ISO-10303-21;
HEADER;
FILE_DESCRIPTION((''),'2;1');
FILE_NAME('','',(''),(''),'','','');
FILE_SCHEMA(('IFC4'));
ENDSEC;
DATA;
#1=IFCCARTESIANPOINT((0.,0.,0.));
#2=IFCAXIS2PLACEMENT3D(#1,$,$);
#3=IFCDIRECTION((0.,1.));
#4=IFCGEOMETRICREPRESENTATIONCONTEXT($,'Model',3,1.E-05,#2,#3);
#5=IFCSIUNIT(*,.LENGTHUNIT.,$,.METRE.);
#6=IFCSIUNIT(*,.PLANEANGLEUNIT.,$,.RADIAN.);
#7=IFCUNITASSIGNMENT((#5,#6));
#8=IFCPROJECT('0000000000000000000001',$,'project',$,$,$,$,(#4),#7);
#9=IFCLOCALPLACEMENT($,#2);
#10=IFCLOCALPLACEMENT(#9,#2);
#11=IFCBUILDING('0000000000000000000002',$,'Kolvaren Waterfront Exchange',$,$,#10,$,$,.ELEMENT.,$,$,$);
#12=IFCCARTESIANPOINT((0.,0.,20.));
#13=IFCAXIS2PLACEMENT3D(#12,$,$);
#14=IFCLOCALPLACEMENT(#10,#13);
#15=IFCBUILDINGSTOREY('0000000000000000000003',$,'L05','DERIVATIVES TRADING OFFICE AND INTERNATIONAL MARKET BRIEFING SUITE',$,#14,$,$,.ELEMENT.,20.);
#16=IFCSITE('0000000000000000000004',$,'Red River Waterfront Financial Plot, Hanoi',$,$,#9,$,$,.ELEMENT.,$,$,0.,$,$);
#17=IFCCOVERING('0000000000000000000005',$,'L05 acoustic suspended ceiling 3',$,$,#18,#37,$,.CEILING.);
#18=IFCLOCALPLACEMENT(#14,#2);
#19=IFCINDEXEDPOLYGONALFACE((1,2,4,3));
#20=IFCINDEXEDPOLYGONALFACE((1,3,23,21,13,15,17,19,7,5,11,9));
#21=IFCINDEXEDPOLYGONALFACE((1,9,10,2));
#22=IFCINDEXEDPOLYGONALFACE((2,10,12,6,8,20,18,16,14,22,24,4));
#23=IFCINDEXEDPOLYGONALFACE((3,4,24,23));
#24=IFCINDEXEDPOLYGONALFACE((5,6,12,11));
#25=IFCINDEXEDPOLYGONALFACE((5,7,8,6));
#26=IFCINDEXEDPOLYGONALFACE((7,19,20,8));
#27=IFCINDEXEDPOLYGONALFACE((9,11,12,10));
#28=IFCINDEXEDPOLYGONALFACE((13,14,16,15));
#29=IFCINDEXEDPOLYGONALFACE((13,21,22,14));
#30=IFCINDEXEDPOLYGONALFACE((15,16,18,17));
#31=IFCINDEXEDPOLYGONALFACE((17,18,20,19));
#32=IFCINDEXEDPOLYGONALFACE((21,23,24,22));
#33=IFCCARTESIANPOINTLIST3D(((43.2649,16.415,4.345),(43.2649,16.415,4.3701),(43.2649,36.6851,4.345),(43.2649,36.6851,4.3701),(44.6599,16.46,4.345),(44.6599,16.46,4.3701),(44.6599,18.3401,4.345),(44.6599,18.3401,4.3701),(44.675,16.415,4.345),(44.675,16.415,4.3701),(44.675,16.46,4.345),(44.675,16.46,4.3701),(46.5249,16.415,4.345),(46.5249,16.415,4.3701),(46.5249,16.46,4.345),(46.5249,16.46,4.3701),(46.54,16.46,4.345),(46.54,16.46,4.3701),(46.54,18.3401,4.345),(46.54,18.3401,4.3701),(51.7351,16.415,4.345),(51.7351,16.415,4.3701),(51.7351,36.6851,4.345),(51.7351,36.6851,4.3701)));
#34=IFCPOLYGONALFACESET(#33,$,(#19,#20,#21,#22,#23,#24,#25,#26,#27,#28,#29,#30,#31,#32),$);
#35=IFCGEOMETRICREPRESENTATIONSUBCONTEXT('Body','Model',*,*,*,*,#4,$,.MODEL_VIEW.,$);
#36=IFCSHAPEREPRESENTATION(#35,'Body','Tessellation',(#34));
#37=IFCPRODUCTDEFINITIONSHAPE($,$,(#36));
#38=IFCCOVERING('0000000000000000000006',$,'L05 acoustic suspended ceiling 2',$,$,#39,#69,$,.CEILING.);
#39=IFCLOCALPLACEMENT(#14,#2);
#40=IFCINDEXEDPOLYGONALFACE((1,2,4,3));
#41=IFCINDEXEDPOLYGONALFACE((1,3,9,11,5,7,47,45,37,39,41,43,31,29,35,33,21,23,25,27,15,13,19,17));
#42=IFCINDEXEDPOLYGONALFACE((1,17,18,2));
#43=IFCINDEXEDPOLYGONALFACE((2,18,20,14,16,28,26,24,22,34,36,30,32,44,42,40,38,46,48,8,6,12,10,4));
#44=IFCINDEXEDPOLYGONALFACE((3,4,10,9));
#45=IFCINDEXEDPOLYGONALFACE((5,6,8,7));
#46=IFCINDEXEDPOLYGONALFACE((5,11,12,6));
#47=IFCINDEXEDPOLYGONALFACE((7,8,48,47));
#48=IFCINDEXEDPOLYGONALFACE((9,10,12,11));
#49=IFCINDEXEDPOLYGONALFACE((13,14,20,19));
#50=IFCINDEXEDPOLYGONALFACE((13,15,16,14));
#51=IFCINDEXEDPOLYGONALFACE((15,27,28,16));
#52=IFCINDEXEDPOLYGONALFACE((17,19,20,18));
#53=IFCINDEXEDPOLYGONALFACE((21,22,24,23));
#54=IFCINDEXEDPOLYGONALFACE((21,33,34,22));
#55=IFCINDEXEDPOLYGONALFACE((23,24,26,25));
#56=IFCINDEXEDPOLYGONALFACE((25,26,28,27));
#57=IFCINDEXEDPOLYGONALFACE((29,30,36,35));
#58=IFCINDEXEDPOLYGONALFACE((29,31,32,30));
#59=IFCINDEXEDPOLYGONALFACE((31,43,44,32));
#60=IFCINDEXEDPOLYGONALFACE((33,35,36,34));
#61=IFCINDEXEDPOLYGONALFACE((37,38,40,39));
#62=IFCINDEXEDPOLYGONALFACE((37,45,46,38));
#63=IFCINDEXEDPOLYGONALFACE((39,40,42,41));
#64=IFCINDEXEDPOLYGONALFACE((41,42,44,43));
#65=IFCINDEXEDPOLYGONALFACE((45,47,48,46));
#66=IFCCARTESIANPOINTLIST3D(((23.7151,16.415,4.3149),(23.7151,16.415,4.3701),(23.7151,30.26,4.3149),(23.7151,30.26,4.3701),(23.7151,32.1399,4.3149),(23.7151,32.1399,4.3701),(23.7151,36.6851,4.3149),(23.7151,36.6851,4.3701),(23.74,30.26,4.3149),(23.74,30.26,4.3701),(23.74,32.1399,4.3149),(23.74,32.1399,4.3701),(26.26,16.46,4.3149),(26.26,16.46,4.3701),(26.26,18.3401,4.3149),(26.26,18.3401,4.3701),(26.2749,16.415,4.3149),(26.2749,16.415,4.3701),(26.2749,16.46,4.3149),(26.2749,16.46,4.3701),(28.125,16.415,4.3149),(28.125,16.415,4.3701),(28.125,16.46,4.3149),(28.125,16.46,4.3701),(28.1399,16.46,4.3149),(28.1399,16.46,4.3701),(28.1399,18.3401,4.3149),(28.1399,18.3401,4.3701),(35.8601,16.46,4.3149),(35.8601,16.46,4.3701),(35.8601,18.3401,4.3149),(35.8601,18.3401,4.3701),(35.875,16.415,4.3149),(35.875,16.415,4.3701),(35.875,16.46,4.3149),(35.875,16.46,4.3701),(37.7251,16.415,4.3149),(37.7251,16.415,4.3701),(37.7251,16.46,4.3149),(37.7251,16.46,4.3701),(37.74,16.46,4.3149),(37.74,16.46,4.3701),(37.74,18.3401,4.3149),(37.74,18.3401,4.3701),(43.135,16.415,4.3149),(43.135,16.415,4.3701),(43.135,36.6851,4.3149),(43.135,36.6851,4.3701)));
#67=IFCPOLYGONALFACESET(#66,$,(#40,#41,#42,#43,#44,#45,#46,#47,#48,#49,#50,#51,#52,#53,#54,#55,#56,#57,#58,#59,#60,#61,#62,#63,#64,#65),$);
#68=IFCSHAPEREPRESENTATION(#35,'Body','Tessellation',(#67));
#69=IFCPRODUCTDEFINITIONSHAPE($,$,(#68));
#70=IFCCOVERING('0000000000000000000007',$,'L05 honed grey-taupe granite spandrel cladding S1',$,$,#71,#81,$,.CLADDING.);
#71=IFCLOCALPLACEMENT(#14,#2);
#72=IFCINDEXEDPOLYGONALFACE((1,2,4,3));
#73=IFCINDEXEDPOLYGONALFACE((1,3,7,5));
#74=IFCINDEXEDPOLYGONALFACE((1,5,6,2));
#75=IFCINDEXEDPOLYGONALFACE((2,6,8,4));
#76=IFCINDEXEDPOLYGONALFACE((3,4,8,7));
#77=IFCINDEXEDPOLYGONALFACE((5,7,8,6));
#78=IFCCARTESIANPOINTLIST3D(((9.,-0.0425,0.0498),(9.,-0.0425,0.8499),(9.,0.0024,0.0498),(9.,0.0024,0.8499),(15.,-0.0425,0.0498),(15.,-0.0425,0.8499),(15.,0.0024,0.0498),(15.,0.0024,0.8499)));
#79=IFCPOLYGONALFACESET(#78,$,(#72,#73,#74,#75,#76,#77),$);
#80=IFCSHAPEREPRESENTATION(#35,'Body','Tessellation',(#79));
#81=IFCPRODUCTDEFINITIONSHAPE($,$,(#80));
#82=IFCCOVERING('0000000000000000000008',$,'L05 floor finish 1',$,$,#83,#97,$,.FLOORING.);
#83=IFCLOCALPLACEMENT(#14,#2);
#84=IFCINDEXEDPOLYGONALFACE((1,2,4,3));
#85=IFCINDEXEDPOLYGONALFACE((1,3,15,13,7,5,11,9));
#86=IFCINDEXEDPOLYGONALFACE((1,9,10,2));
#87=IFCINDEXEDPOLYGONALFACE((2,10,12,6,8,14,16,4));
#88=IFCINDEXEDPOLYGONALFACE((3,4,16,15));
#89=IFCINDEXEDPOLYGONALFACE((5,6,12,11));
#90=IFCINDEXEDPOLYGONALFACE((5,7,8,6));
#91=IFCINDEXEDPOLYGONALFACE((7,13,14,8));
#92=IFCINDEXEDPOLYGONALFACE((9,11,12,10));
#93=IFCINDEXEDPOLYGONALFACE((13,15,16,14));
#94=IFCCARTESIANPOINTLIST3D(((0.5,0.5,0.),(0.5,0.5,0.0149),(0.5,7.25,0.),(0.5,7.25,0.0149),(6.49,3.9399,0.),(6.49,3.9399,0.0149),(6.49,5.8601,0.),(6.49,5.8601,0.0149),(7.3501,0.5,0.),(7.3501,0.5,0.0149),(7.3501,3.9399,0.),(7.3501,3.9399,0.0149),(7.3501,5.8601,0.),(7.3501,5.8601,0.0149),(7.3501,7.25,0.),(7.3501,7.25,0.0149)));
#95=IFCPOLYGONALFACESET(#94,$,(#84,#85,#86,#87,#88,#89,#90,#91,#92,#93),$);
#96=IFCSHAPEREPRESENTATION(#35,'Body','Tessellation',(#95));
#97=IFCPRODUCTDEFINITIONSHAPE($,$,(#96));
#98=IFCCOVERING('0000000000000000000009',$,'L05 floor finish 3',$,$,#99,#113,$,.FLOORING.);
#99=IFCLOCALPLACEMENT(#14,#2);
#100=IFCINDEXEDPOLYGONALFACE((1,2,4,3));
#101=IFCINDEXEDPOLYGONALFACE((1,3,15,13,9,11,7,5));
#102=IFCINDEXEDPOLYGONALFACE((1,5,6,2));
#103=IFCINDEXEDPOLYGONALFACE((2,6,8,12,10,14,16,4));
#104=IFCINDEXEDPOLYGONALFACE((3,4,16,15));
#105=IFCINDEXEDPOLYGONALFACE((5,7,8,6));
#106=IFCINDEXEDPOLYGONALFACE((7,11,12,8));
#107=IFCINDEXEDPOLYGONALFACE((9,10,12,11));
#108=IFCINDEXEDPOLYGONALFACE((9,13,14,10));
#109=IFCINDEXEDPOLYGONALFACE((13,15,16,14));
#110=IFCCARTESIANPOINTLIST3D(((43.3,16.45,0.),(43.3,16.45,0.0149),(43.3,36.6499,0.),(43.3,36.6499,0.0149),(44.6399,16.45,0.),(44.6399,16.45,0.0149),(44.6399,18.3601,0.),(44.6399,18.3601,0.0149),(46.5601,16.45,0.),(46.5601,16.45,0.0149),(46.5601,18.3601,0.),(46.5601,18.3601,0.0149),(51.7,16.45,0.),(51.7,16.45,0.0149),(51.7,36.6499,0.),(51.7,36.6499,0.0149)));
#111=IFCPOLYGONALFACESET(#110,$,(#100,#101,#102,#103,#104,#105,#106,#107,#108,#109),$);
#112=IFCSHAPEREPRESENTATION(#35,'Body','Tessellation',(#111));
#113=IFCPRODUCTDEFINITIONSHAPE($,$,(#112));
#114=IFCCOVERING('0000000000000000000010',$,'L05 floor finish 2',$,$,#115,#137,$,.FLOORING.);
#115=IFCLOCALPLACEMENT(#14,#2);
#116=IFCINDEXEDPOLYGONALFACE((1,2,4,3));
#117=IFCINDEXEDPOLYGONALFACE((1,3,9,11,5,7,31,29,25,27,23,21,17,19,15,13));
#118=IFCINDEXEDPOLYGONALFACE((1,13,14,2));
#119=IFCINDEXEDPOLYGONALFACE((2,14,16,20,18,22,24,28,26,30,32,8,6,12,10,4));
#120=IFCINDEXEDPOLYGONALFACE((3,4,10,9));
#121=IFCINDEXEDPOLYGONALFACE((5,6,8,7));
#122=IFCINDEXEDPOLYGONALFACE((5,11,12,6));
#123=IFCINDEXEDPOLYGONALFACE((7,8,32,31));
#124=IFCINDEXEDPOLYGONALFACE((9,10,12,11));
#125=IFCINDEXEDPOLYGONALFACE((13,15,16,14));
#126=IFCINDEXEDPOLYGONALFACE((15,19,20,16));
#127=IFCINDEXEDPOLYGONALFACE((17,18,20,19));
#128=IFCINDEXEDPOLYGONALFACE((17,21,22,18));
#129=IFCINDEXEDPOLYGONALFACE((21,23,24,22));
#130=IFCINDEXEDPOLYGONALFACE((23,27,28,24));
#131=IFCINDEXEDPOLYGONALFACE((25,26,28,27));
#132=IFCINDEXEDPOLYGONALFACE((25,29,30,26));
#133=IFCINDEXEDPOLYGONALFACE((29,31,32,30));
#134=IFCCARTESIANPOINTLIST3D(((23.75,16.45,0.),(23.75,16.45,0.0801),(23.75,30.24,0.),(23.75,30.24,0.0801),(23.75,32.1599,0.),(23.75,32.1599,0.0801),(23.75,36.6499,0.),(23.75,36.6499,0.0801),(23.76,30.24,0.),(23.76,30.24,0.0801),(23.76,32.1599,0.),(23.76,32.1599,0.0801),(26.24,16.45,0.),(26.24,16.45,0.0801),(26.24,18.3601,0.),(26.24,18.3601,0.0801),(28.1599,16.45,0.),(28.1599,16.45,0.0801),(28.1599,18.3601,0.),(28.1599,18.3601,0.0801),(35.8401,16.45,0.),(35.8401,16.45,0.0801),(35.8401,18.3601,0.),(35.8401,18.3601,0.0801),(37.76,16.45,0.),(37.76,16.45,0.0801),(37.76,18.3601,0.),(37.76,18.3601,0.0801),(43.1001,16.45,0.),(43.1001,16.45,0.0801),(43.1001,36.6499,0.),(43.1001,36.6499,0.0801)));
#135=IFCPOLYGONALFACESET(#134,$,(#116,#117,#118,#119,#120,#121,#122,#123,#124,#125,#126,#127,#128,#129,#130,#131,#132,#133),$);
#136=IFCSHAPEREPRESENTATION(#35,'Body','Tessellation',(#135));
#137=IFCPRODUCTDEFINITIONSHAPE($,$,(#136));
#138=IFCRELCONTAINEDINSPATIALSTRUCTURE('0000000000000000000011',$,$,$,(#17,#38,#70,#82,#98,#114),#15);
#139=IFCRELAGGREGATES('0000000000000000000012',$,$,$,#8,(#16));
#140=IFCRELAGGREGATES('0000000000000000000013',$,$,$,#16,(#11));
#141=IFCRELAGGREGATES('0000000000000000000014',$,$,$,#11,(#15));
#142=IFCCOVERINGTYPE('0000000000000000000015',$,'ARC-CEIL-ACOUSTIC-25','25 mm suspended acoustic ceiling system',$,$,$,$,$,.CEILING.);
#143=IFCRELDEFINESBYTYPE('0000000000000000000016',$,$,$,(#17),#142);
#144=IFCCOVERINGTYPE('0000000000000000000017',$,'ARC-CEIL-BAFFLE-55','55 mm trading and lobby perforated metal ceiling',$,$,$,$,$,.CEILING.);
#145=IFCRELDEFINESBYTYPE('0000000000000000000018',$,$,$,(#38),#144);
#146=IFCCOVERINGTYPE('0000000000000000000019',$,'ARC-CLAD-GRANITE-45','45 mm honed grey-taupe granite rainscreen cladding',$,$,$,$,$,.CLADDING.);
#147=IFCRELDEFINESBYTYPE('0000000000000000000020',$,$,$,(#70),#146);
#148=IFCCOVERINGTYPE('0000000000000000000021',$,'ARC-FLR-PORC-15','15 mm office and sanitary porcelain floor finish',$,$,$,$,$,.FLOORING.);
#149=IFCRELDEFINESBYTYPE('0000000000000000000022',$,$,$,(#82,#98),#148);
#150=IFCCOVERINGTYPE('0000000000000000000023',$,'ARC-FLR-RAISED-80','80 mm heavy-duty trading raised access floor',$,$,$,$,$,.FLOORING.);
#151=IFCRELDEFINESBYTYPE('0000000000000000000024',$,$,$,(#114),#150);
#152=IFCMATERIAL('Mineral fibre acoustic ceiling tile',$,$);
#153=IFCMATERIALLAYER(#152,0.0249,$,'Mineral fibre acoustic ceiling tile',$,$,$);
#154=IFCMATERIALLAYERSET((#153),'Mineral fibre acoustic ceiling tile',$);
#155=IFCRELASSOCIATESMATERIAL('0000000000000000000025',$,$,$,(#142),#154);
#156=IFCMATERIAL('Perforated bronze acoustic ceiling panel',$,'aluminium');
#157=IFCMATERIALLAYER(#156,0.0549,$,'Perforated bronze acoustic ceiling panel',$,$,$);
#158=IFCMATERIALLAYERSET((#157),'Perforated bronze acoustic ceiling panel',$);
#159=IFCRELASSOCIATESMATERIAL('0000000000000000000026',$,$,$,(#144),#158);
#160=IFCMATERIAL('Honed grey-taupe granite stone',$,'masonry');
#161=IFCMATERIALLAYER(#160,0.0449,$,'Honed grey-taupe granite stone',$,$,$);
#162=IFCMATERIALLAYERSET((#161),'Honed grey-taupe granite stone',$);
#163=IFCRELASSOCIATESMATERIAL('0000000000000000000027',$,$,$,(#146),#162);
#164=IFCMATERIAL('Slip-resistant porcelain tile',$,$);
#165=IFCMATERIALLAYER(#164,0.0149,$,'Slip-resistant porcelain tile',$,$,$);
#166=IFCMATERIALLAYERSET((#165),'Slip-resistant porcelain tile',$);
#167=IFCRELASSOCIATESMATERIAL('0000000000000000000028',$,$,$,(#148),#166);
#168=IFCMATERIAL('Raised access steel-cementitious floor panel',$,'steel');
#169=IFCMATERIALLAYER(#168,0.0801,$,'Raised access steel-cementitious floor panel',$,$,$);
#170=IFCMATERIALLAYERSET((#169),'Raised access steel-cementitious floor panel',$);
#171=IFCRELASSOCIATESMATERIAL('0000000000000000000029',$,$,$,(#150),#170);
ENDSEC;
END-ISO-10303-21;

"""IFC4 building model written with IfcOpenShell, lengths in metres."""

from ifc_helpers import new_model, si_unit, direction, frame, origin, origin_2d, place, context, subcontext, project, spatial, polyline, rectangle, outline, extrude, material, layer, layer_set, type_object, element, save


model = new_model("IFC4")

# Units and contexts
model_context = context("Model", 3, precision=1e-05, world=origin(), true_north=direction((0.0, 1.0)))
body_context = subcontext(model_context, "Body", "Model", "MODEL_VIEW")
ifc_project = project(units=[si_unit("LENGTHUNIT", "METRE"), si_unit("PLANEANGLEUNIT", "RADIAN")], contexts=[model_context])

# Site, building, storey
site_placement = place(None, origin())
site = spatial("IfcSite", under=ifc_project, at=site_placement, Name="Red River Waterfront Financial Plot, Hanoi", CompositionType="ELEMENT", RefElevation=0.0)
building_placement = place(site_placement, origin())
building = spatial("IfcBuilding", under=site, at=building_placement, Name="Kolvaren Waterfront Exchange", CompositionType="ELEMENT")
storey_placement = place(building_placement, frame((0.0, 0.0, 20.0)))
storey = spatial("IfcBuildingStorey", under=building, at=storey_placement, Name="L05", Description="DERIVATIVES TRADING OFFICE AND INTERNATIONAL MARKET BRIEFING SUITE", CompositionType="ELEMENT", Elevation=20.0)

# Coverings
ifc_material_1 = material(Name="Mineral fibre acoustic ceiling tile")
ifc_layer_1 = layer(ifc_material_1, 0.0249, Name="Mineral fibre acoustic ceiling tile")
ifc_layer_set_1 = layer_set([ifc_layer_1], Name="Mineral fibre acoustic ceiling tile")
covering_type_1 = type_object("IfcCoveringType", Name="ARC-CEIL-ACOUSTIC-25", Description="25 mm suspended acoustic ceiling system", PredefinedType="CEILING", material=ifc_layer_set_1)
covering_1_placement = place(storey_placement, frame((0.0, 0.0, 4.345)))
element("IfcCovering", 1, at=covering_1_placement, inside=storey, type_object=covering_type_1, Name="L05 acoustic suspended ceiling 3", PredefinedType="CEILING", context=body_context, shape_type="SweptSolid", body=[
    extrude(outline(polyline([(51.7351, 16.415), (51.7351, 36.6851), (43.2649, 36.6851), (43.2649, 16.415), (44.675, 16.415), (44.675, 16.46), (44.6599, 16.46), (44.6599, 18.3401), (46.54, 18.3401), (46.54, 16.46), (46.5249, 16.46), (46.5249, 16.415), (51.7351, 16.415)])), origin(), (0.0, 0.0, 1.0), 0.0251),
])
ifc_material_2 = material(Name="Perforated bronze acoustic ceiling panel", Category="aluminium")
ifc_layer_2 = layer(ifc_material_2, 0.0549, Name="Perforated bronze acoustic ceiling panel")
ifc_layer_set_2 = layer_set([ifc_layer_2], Name="Perforated bronze acoustic ceiling panel")
covering_type_2 = type_object("IfcCoveringType", Name="ARC-CEIL-BAFFLE-55", Description="55 mm trading and lobby perforated metal ceiling", PredefinedType="CEILING", material=ifc_layer_set_2)
covering_2_placement = place(storey_placement, frame((0.0, 0.0, 4.3149)))
element("IfcCovering", 2, at=covering_2_placement, inside=storey, type_object=covering_type_2, Name="L05 acoustic suspended ceiling 2", PredefinedType="CEILING", context=body_context, shape_type="SweptSolid", body=[
    extrude(outline(polyline([(23.7151, 32.1399), (23.74, 32.1399), (23.74, 30.26), (23.7151, 30.26), (23.7151, 16.415), (26.2749, 16.415), (26.2749, 16.46), (26.26, 16.46), (26.26, 18.3401), (28.1399, 18.3401), (28.1399, 16.46), (28.125, 16.46), (28.125, 16.415), (35.875, 16.415), (35.875, 16.46), (35.8601, 16.46), (35.8601, 18.3401), (37.74, 18.3401), (37.74, 16.46), (37.7251, 16.46), (37.7251, 16.415), (43.135, 16.415), (43.135, 36.6851), (23.7151, 36.6851), (23.7151, 32.1399)])), origin(), (0.0, 0.0, 1.0), 0.0552),
])
ifc_material_3 = material(Name="Honed grey-taupe granite stone", Category="masonry")
ifc_layer_3 = layer(ifc_material_3, 0.0449, Name="Honed grey-taupe granite stone")
ifc_layer_set_3 = layer_set([ifc_layer_3], Name="Honed grey-taupe granite stone")
covering_type_3 = type_object("IfcCoveringType", Name="ARC-CLAD-GRANITE-45", Description="45 mm honed grey-taupe granite rainscreen cladding", PredefinedType="CLADDING", material=ifc_layer_set_3)
covering_3_placement = place(storey_placement, frame((12.0, -0.02, 0.0498), z_axis=(0.0, 0.0, 1.0), x_axis=(1.0, 0.0, 0.0)))
element("IfcCovering", 3, at=covering_3_placement, inside=storey, type_object=covering_type_3, Name="L05 honed grey-taupe granite spandrel cladding S1", PredefinedType="CLADDING", context=body_context, shape_type="SweptSolid", body=[
    extrude(rectangle(XDim=6.0, YDim=0.0449, at=origin_2d()), origin(), (0.0, 0.0, 1.0), 0.8),
])
ifc_material_4 = material(Name="Slip-resistant porcelain tile")
ifc_layer_4 = layer(ifc_material_4, 0.0149, Name="Slip-resistant porcelain tile")
ifc_layer_set_4 = layer_set([ifc_layer_4], Name="Slip-resistant porcelain tile")
covering_type_4 = type_object("IfcCoveringType", Name="ARC-FLR-PORC-15", Description="15 mm office and sanitary porcelain floor finish", PredefinedType="FLOORING", material=ifc_layer_set_4)
covering_4_placement = place(storey_placement, origin())
element("IfcCovering", 4, at=covering_4_placement, inside=storey, type_object=covering_type_4, Name="L05 floor finish 1", PredefinedType="FLOORING", context=body_context, shape_type="SweptSolid", body=[
    extrude(outline(polyline([(0.5, 7.25), (0.5, 0.5), (7.3501, 0.5), (7.3501, 3.9399), (6.49, 3.9399), (6.49, 5.8601), (7.3501, 5.8601), (7.3501, 7.25), (0.5, 7.25)])), origin(), (0.0, 0.0, 1.0), 0.0149),
])
covering_5_placement = place(storey_placement, origin())
element("IfcCovering", 5, at=covering_5_placement, inside=storey, type_object=covering_type_4, Name="L05 floor finish 3", PredefinedType="FLOORING", context=body_context, shape_type="SweptSolid", body=[
    extrude(outline(polyline([(43.3, 36.6499), (43.3, 16.45), (44.6399, 16.45), (44.6399, 18.3601), (46.5601, 18.3601), (46.5601, 16.45), (51.7, 16.45), (51.7, 36.6499), (43.3, 36.6499)])), origin(), (0.0, 0.0, 1.0), 0.0149),
])
ifc_material_5 = material(Name="Raised access steel-cementitious floor panel", Category="steel")
ifc_layer_5 = layer(ifc_material_5, 0.0801, Name="Raised access steel-cementitious floor panel")
ifc_layer_set_5 = layer_set([ifc_layer_5], Name="Raised access steel-cementitious floor panel")
covering_type_5 = type_object("IfcCoveringType", Name="ARC-FLR-RAISED-80", Description="80 mm heavy-duty trading raised access floor", PredefinedType="FLOORING", material=ifc_layer_set_5)
covering_6_placement = place(storey_placement, origin())
element("IfcCovering", 6, at=covering_6_placement, inside=storey, type_object=covering_type_5, Name="L05 floor finish 2", PredefinedType="FLOORING", context=body_context, shape_type="SweptSolid", body=[
    extrude(outline(polyline([(23.75, 30.24), (23.75, 16.45), (26.24, 16.45), (26.24, 18.3601), (28.1599, 18.3601), (28.1599, 16.45), (35.8401, 16.45), (35.8401, 18.3601), (37.76, 18.3601), (37.76, 16.45), (43.1001, 16.45), (43.1001, 36.6499), (23.75, 36.6499), (23.75, 32.1599), (23.76, 32.1599), (23.76, 30.24), (23.75, 30.24)])), origin(), (0.0, 0.0, 1.0), 0.0801),
])

save(model, "model.ifc")
